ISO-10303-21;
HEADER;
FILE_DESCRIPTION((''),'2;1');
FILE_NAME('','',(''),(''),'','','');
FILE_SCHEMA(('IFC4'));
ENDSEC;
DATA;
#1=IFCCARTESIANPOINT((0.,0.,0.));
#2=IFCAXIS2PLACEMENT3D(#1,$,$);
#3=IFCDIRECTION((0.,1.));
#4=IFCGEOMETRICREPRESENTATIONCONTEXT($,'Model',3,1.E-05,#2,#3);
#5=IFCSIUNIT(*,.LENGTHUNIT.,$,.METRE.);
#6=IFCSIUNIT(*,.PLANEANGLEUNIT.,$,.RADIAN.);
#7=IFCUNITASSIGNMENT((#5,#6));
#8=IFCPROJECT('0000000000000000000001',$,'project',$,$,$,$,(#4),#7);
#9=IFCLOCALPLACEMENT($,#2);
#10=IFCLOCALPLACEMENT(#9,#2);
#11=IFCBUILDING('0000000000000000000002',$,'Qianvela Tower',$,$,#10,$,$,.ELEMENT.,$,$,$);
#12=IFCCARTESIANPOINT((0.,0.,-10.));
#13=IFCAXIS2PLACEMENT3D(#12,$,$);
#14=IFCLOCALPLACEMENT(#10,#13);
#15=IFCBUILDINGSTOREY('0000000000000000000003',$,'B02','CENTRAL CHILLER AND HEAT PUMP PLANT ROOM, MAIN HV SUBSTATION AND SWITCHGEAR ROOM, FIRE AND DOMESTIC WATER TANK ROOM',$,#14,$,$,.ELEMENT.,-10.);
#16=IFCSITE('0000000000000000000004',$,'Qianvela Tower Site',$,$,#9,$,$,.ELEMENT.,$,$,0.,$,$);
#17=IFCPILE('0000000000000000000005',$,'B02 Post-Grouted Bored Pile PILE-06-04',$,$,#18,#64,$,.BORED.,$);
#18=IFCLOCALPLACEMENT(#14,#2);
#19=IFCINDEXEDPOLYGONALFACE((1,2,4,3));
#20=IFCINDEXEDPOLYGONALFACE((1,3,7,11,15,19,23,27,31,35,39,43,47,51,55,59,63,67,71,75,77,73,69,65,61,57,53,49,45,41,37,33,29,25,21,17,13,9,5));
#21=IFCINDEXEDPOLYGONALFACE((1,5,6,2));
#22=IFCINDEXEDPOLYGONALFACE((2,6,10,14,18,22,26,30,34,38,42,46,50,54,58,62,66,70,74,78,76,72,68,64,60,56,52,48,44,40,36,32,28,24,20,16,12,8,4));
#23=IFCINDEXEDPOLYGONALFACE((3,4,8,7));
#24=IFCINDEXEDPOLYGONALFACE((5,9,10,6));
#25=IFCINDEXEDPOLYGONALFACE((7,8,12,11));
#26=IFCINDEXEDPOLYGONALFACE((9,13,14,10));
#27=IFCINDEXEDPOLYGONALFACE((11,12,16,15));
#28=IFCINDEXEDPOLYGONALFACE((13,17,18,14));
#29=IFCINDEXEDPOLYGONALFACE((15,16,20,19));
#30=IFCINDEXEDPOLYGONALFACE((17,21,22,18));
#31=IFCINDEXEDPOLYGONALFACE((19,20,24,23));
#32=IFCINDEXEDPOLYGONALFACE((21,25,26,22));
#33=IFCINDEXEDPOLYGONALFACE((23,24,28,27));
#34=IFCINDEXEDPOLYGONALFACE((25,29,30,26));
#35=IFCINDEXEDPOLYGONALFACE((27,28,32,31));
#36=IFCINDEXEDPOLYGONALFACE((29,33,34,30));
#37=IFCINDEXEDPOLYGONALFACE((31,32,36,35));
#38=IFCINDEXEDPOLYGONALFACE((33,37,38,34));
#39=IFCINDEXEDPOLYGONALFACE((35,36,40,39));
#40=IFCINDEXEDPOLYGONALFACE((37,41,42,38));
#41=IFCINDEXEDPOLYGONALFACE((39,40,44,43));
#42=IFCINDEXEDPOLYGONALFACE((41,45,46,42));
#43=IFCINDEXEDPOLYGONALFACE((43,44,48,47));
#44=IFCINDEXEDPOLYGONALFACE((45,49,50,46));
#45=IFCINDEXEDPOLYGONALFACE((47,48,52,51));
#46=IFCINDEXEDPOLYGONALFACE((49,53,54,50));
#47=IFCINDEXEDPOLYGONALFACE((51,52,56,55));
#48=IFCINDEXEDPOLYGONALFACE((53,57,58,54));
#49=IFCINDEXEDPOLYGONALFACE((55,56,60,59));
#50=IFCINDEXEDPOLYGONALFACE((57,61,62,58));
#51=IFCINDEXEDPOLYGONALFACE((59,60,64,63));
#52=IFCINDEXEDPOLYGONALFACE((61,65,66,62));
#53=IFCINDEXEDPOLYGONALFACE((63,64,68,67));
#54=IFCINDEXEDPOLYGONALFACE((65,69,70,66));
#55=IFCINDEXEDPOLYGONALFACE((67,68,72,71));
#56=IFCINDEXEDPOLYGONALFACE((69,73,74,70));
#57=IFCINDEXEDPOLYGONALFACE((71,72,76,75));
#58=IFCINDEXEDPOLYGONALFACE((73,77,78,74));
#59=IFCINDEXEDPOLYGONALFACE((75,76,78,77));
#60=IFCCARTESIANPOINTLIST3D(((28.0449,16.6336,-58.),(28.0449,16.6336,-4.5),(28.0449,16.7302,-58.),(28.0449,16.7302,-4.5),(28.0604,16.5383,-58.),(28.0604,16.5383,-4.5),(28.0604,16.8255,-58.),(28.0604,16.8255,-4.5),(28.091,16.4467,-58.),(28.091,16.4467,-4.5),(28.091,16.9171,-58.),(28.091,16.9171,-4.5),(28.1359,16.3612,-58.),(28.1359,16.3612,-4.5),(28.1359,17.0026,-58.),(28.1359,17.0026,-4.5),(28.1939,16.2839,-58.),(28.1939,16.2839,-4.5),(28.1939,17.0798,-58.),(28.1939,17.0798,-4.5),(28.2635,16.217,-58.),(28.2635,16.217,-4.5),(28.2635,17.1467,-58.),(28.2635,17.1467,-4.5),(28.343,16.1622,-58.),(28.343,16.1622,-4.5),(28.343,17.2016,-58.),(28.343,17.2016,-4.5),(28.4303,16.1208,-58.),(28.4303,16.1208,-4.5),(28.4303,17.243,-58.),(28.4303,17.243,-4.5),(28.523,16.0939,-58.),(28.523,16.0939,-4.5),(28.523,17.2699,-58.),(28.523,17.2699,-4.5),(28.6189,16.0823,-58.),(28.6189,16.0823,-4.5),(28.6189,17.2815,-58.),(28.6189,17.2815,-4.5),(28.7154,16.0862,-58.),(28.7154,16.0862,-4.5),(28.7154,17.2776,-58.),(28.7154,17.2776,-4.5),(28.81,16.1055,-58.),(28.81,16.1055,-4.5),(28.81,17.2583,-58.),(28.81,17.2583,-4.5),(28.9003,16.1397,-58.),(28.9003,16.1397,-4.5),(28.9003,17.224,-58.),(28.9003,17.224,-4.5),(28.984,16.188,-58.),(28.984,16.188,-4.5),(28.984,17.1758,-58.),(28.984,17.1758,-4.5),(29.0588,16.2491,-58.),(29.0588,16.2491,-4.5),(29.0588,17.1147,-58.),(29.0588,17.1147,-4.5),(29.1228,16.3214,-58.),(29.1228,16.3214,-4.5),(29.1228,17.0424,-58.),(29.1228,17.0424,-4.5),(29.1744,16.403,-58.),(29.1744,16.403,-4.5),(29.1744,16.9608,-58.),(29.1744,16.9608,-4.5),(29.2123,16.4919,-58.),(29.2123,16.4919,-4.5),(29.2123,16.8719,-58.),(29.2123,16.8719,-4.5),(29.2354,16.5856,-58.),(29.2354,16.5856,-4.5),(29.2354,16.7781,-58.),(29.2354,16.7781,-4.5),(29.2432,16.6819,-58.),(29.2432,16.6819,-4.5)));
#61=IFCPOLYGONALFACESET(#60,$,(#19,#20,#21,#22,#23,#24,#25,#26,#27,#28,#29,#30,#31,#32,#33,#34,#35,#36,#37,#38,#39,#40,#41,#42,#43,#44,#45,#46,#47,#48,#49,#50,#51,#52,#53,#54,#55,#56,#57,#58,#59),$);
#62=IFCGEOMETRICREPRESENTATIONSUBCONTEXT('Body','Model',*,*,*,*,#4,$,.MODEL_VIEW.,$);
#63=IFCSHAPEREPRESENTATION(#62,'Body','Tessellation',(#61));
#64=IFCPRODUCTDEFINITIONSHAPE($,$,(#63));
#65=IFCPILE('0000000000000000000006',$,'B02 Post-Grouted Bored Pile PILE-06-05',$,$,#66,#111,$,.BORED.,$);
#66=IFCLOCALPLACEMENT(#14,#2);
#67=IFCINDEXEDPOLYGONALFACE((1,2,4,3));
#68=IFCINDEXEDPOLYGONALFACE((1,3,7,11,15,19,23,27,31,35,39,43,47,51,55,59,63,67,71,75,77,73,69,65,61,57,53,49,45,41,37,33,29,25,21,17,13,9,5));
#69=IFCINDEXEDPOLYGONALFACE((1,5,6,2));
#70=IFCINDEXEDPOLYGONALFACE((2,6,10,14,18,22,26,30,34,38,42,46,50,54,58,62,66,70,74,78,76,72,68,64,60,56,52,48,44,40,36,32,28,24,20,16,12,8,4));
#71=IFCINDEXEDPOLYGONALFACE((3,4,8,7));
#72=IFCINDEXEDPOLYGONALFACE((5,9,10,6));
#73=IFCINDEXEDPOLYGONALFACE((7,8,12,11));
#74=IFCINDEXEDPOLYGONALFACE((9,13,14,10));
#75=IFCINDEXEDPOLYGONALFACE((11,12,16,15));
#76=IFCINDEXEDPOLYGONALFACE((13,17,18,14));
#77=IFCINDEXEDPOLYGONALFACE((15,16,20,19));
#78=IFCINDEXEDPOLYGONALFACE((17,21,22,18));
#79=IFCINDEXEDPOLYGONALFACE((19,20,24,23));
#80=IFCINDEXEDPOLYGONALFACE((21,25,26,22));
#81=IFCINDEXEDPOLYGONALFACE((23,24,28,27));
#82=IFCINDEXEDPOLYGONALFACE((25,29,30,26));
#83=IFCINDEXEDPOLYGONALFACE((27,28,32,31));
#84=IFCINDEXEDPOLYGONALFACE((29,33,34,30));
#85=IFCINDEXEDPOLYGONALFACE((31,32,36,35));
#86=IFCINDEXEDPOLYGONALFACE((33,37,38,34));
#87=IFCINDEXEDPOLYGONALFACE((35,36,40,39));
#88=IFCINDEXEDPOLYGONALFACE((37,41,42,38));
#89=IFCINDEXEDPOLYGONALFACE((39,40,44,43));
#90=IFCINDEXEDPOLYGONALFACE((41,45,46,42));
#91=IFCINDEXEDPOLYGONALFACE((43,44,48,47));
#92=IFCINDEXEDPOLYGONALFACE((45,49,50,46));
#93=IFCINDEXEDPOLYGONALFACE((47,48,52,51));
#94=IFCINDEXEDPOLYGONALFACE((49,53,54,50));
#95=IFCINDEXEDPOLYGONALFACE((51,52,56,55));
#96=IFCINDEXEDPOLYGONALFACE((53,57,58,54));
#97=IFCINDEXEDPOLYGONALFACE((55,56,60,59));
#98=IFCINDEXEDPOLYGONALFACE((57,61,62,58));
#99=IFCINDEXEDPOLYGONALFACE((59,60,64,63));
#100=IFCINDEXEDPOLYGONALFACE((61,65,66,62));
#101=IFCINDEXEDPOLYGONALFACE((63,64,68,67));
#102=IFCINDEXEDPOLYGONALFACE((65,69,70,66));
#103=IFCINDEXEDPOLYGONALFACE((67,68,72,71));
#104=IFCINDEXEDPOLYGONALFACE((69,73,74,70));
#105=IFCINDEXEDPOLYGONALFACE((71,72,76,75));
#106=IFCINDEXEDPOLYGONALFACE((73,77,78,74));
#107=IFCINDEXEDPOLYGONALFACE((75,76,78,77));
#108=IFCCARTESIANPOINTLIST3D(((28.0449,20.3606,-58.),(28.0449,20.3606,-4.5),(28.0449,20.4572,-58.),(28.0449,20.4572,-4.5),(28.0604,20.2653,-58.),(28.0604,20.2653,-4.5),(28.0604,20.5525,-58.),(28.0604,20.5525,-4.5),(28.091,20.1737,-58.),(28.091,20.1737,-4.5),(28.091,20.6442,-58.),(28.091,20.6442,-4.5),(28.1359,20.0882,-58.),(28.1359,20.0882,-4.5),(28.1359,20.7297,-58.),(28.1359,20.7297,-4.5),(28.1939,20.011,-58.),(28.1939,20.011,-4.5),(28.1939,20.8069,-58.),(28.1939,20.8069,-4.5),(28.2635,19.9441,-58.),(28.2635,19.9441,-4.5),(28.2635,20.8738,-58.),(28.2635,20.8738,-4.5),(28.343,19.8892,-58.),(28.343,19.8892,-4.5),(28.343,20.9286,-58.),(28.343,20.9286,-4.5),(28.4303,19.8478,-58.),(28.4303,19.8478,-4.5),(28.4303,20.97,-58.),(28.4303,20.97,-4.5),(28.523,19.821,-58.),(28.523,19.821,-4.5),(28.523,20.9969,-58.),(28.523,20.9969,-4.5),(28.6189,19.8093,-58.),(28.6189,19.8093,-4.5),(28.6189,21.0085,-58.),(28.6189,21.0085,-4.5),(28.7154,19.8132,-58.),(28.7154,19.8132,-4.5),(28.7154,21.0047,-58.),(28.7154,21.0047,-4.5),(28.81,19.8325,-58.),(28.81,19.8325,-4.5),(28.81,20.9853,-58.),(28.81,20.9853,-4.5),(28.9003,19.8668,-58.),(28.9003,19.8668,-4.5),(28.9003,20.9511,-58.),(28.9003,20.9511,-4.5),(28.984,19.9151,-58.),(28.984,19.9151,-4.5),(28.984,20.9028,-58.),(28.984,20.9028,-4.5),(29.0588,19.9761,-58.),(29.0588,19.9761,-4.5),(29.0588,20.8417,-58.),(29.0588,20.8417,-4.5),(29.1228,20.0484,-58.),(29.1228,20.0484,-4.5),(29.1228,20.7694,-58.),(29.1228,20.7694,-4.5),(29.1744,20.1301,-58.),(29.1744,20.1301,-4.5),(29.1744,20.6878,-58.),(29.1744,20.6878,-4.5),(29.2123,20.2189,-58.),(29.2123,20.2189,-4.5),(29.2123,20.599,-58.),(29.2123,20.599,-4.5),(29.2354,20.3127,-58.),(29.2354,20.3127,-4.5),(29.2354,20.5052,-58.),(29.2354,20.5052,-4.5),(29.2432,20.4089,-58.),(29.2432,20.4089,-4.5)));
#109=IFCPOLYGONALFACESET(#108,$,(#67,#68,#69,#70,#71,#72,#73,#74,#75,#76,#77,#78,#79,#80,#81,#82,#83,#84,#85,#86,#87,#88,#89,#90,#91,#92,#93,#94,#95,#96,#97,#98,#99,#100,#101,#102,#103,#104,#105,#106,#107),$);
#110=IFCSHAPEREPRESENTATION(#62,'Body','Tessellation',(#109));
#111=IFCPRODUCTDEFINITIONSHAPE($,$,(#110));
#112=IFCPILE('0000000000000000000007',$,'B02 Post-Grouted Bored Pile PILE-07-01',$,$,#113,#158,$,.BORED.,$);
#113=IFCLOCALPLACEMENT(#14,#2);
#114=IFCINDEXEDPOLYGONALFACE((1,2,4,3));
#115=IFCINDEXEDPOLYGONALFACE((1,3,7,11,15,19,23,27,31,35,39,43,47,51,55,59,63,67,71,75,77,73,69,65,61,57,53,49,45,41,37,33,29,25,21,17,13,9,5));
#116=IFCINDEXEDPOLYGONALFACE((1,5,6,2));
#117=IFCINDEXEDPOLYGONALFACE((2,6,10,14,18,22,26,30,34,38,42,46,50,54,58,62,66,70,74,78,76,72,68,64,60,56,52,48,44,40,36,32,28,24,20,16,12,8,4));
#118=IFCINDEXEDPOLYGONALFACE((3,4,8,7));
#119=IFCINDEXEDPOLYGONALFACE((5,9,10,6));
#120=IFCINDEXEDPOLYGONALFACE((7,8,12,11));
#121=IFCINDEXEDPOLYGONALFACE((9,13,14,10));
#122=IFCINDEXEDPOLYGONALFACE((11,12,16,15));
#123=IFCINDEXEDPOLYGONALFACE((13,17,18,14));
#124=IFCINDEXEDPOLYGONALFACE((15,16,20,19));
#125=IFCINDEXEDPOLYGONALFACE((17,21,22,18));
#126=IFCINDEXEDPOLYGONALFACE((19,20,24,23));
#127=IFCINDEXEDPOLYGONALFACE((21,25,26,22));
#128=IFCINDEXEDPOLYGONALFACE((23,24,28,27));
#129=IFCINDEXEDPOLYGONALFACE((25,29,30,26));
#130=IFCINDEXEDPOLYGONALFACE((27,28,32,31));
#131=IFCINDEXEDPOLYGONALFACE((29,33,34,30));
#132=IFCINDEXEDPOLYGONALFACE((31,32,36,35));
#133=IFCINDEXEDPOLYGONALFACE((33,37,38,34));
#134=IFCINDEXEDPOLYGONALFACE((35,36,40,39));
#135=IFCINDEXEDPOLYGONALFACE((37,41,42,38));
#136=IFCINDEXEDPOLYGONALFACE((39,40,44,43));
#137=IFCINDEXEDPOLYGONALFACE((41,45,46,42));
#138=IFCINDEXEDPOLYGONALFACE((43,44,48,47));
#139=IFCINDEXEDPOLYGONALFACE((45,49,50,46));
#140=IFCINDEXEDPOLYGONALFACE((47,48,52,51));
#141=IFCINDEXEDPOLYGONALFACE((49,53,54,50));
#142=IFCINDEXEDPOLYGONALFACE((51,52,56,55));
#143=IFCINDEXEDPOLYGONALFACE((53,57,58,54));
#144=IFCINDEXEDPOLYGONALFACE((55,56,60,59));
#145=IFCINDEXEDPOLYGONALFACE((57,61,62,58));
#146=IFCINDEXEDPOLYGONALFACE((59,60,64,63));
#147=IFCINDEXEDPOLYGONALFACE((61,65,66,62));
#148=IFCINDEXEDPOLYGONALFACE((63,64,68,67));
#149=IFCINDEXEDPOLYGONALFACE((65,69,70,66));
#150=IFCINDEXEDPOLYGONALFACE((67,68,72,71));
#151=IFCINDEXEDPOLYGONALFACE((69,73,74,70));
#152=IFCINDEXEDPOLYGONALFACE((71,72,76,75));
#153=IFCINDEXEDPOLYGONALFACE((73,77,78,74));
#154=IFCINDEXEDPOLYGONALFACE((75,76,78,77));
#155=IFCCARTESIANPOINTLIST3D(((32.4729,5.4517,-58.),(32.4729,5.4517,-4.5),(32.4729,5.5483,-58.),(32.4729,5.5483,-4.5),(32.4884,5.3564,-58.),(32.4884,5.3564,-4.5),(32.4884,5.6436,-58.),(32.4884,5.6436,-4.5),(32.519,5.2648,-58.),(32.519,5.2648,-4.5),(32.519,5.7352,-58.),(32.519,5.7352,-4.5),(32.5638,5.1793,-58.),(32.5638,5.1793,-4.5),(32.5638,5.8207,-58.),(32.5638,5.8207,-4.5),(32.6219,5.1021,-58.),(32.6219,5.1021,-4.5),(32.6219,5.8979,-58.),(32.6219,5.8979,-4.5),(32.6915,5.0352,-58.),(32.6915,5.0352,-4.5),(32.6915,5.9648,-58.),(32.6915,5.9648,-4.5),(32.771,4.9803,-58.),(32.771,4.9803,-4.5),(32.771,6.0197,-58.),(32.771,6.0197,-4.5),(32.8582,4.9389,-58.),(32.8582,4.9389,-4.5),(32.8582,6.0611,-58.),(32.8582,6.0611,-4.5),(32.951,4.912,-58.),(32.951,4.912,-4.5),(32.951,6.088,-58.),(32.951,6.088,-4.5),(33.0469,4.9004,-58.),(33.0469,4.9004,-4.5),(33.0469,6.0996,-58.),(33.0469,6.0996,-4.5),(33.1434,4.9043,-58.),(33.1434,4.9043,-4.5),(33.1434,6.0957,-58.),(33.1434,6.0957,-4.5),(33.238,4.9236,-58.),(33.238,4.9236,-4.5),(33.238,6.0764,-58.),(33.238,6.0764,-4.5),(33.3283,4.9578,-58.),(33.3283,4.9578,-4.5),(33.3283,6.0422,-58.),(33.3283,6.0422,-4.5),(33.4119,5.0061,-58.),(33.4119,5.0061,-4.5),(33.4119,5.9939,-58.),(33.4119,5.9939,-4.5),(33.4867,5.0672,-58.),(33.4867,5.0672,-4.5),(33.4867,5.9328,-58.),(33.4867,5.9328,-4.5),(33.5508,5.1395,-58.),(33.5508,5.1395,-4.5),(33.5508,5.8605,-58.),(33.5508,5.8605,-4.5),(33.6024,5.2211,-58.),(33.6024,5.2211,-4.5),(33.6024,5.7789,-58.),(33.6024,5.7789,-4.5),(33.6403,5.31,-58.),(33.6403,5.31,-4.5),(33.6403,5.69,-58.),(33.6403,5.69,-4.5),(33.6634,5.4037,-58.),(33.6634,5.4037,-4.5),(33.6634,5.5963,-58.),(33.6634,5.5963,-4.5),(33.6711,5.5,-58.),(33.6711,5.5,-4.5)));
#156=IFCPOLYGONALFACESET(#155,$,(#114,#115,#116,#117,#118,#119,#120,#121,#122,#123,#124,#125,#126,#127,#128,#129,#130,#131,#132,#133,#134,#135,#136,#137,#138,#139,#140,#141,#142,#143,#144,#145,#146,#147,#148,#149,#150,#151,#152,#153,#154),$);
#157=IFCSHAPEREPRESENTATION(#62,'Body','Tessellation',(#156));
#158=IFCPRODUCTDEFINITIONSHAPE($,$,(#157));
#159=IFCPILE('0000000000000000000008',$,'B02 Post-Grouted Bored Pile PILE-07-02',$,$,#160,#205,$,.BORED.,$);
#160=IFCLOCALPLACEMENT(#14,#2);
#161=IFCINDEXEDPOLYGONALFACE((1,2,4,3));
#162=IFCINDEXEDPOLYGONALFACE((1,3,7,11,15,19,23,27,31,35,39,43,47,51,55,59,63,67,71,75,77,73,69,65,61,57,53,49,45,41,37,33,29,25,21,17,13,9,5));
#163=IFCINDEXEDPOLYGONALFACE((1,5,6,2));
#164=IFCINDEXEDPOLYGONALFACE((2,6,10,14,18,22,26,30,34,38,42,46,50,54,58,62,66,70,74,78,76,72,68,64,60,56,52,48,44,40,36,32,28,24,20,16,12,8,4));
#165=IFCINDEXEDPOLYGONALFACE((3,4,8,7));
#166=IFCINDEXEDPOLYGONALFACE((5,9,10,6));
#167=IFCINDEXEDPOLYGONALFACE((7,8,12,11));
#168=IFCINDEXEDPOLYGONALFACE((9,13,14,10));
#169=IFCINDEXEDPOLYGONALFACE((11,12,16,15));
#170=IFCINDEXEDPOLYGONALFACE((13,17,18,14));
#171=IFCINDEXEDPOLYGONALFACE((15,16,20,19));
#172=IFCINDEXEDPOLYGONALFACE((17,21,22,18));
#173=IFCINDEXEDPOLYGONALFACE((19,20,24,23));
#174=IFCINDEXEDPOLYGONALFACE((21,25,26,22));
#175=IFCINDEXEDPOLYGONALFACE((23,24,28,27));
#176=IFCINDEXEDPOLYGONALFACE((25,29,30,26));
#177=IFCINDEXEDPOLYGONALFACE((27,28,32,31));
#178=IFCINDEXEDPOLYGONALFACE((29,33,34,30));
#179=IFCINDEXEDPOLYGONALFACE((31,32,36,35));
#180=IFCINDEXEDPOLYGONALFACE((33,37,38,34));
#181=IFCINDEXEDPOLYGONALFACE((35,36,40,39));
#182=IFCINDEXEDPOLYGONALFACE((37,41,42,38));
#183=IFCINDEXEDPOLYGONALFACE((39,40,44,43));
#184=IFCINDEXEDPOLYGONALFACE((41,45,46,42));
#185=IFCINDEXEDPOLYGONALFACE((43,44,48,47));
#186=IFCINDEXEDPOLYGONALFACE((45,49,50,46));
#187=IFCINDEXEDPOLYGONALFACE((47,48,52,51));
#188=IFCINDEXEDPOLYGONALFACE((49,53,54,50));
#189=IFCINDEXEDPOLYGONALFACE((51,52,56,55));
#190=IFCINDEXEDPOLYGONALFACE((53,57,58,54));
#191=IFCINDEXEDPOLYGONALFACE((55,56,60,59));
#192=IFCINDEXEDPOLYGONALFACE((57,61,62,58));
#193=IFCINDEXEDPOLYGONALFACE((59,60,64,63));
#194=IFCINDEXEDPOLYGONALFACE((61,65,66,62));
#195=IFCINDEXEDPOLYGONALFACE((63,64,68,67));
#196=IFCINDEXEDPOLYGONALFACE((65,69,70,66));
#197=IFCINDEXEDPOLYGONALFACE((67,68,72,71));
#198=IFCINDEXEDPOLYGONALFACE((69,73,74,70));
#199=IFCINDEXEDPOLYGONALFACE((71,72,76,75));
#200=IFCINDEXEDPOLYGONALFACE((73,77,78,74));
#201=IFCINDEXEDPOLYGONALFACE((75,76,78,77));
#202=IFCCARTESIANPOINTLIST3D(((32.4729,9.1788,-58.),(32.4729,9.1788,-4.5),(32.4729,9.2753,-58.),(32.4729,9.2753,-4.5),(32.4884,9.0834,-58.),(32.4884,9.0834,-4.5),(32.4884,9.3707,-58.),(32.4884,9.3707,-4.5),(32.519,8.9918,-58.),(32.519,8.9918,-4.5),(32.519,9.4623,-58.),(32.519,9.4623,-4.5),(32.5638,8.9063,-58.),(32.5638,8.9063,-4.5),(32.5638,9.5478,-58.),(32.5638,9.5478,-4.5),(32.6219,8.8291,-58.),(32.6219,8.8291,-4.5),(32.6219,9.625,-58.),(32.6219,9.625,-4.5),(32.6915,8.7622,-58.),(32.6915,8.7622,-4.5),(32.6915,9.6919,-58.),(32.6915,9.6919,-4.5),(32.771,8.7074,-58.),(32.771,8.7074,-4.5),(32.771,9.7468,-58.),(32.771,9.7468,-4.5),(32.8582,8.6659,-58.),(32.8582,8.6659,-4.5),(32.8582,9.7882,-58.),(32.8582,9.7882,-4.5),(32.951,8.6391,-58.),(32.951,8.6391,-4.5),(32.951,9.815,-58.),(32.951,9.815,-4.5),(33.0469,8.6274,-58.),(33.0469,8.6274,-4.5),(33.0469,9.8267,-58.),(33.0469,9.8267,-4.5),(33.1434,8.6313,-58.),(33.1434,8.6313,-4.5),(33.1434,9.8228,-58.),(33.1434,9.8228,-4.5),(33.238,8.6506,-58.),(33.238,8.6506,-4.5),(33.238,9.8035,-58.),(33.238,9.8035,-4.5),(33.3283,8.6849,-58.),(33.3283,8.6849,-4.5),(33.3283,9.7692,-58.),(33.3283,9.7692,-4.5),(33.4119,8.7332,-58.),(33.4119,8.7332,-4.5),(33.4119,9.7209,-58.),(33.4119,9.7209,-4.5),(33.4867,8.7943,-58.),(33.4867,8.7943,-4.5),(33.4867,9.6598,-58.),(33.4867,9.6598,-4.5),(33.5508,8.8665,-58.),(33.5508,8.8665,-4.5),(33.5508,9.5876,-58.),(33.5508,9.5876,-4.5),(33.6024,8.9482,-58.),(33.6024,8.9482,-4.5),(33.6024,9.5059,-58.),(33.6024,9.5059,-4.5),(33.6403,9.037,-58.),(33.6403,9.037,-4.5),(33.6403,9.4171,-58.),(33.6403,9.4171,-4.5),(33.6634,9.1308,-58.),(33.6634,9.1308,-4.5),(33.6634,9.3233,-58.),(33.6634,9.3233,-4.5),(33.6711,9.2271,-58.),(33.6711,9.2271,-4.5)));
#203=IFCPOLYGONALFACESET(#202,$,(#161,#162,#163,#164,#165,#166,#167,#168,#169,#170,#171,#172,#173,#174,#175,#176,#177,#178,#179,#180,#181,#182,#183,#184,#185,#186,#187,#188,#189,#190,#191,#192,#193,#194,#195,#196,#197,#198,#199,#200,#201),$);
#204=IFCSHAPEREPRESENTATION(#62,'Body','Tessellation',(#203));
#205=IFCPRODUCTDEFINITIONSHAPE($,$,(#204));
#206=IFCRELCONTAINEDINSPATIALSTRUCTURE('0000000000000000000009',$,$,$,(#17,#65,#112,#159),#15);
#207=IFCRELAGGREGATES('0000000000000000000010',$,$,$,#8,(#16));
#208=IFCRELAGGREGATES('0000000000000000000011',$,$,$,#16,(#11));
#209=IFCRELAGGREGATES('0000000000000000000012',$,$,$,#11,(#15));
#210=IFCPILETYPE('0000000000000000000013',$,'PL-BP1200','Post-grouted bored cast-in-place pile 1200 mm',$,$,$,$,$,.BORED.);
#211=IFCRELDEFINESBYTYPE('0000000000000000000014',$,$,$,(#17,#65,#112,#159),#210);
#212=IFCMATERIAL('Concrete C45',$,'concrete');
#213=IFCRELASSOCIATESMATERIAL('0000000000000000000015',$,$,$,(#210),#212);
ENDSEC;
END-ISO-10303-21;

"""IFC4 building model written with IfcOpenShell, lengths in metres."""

from ifc_helpers import new_model, si_unit, direction, frame, origin, origin_2d, place, context, subcontext, project, spatial, circle, extrude, material, material_profile, profile_set, type_object, element, save


model = new_model("IFC4")

# Units and contexts
model_context = context("Model", 3, precision=1e-05, world=origin(), true_north=direction((0.0, 1.0)))
body_context = subcontext(model_context, "Body", "Model", "MODEL_VIEW")
ifc_project = project(units=[si_unit("LENGTHUNIT", "METRE"), si_unit("PLANEANGLEUNIT", "RADIAN")], contexts=[model_context])

# Site, building, storey
site_placement = place(None, origin())
site = spatial("IfcSite", under=ifc_project, at=site_placement, Name="Qianvela Tower Site", CompositionType="ELEMENT", RefElevation=0.0)
building_placement = place(site_placement, origin())
building = spatial("IfcBuilding", under=site, at=building_placement, Name="Qianvela Tower", CompositionType="ELEMENT")
storey_placement = place(building_placement, frame((0.0, 0.0, -10.0)))
storey = spatial("IfcBuildingStorey", under=building, at=storey_placement, Name="B02", Description="CENTRAL CHILLER AND HEAT PUMP PLANT ROOM, MAIN HV SUBSTATION AND SWITCHGEAR ROOM, FIRE AND DOMESTIC WATER TANK ROOM", CompositionType="ELEMENT", Elevation=-10.0)

# Piles
ifc_material_1 = material(Name="Concrete C45", Category="concrete")
ifc_material_profile_1 = material_profile(ifc_material_1, circle(Radius=0.6001, at=origin_2d()), Name="BP-1200")
ifc_profile_set_1 = profile_set([ifc_material_profile_1], Name="Concrete C45")
pile_type = type_object("IfcPileType", Name="PL-BP1200", Description="Post-grouted bored cast-in-place pile 1200 mm", PredefinedType="BORED", material=ifc_profile_set_1)
for number, where, z_axis, x_axis, name in (
    (1, (28.6431, 16.6819, -4.5), (0.0, 0.0, -1.0), (1.0, 0.0, 0.0), "B02 Post-Grouted Bored Pile PILE-06-04"),
    (2, (28.6431, 20.4089, -4.5), (0.0, 0.0, -1.0), (1.0, 0.0, 0.0), "B02 Post-Grouted Bored Pile PILE-06-05"),
    (3, (33.071, 5.5, -4.5), (0.0, 0.0, -1.0), (1.0, 0.0, 0.0), "B02 Post-Grouted Bored Pile PILE-07-01"),
    (4, (33.071, 9.2271, -4.5), (0.0, 0.0, -1.0), (1.0, 0.0, 0.0), "B02 Post-Grouted Bored Pile PILE-07-02"),
):
    element("IfcPile", number, at=place(storey_placement, frame(where, z_axis=z_axis, x_axis=x_axis)), inside=storey, type_object=pile_type, Name=name, PredefinedType="BORED", context=body_context, shape_type="SweptSolid", body=[
        extrude(circle(Radius=0.6001, at=origin_2d()), origin(), (0.0, 0.0, 1.0), 53.5),
    ])

save(model, "model.ifc")
